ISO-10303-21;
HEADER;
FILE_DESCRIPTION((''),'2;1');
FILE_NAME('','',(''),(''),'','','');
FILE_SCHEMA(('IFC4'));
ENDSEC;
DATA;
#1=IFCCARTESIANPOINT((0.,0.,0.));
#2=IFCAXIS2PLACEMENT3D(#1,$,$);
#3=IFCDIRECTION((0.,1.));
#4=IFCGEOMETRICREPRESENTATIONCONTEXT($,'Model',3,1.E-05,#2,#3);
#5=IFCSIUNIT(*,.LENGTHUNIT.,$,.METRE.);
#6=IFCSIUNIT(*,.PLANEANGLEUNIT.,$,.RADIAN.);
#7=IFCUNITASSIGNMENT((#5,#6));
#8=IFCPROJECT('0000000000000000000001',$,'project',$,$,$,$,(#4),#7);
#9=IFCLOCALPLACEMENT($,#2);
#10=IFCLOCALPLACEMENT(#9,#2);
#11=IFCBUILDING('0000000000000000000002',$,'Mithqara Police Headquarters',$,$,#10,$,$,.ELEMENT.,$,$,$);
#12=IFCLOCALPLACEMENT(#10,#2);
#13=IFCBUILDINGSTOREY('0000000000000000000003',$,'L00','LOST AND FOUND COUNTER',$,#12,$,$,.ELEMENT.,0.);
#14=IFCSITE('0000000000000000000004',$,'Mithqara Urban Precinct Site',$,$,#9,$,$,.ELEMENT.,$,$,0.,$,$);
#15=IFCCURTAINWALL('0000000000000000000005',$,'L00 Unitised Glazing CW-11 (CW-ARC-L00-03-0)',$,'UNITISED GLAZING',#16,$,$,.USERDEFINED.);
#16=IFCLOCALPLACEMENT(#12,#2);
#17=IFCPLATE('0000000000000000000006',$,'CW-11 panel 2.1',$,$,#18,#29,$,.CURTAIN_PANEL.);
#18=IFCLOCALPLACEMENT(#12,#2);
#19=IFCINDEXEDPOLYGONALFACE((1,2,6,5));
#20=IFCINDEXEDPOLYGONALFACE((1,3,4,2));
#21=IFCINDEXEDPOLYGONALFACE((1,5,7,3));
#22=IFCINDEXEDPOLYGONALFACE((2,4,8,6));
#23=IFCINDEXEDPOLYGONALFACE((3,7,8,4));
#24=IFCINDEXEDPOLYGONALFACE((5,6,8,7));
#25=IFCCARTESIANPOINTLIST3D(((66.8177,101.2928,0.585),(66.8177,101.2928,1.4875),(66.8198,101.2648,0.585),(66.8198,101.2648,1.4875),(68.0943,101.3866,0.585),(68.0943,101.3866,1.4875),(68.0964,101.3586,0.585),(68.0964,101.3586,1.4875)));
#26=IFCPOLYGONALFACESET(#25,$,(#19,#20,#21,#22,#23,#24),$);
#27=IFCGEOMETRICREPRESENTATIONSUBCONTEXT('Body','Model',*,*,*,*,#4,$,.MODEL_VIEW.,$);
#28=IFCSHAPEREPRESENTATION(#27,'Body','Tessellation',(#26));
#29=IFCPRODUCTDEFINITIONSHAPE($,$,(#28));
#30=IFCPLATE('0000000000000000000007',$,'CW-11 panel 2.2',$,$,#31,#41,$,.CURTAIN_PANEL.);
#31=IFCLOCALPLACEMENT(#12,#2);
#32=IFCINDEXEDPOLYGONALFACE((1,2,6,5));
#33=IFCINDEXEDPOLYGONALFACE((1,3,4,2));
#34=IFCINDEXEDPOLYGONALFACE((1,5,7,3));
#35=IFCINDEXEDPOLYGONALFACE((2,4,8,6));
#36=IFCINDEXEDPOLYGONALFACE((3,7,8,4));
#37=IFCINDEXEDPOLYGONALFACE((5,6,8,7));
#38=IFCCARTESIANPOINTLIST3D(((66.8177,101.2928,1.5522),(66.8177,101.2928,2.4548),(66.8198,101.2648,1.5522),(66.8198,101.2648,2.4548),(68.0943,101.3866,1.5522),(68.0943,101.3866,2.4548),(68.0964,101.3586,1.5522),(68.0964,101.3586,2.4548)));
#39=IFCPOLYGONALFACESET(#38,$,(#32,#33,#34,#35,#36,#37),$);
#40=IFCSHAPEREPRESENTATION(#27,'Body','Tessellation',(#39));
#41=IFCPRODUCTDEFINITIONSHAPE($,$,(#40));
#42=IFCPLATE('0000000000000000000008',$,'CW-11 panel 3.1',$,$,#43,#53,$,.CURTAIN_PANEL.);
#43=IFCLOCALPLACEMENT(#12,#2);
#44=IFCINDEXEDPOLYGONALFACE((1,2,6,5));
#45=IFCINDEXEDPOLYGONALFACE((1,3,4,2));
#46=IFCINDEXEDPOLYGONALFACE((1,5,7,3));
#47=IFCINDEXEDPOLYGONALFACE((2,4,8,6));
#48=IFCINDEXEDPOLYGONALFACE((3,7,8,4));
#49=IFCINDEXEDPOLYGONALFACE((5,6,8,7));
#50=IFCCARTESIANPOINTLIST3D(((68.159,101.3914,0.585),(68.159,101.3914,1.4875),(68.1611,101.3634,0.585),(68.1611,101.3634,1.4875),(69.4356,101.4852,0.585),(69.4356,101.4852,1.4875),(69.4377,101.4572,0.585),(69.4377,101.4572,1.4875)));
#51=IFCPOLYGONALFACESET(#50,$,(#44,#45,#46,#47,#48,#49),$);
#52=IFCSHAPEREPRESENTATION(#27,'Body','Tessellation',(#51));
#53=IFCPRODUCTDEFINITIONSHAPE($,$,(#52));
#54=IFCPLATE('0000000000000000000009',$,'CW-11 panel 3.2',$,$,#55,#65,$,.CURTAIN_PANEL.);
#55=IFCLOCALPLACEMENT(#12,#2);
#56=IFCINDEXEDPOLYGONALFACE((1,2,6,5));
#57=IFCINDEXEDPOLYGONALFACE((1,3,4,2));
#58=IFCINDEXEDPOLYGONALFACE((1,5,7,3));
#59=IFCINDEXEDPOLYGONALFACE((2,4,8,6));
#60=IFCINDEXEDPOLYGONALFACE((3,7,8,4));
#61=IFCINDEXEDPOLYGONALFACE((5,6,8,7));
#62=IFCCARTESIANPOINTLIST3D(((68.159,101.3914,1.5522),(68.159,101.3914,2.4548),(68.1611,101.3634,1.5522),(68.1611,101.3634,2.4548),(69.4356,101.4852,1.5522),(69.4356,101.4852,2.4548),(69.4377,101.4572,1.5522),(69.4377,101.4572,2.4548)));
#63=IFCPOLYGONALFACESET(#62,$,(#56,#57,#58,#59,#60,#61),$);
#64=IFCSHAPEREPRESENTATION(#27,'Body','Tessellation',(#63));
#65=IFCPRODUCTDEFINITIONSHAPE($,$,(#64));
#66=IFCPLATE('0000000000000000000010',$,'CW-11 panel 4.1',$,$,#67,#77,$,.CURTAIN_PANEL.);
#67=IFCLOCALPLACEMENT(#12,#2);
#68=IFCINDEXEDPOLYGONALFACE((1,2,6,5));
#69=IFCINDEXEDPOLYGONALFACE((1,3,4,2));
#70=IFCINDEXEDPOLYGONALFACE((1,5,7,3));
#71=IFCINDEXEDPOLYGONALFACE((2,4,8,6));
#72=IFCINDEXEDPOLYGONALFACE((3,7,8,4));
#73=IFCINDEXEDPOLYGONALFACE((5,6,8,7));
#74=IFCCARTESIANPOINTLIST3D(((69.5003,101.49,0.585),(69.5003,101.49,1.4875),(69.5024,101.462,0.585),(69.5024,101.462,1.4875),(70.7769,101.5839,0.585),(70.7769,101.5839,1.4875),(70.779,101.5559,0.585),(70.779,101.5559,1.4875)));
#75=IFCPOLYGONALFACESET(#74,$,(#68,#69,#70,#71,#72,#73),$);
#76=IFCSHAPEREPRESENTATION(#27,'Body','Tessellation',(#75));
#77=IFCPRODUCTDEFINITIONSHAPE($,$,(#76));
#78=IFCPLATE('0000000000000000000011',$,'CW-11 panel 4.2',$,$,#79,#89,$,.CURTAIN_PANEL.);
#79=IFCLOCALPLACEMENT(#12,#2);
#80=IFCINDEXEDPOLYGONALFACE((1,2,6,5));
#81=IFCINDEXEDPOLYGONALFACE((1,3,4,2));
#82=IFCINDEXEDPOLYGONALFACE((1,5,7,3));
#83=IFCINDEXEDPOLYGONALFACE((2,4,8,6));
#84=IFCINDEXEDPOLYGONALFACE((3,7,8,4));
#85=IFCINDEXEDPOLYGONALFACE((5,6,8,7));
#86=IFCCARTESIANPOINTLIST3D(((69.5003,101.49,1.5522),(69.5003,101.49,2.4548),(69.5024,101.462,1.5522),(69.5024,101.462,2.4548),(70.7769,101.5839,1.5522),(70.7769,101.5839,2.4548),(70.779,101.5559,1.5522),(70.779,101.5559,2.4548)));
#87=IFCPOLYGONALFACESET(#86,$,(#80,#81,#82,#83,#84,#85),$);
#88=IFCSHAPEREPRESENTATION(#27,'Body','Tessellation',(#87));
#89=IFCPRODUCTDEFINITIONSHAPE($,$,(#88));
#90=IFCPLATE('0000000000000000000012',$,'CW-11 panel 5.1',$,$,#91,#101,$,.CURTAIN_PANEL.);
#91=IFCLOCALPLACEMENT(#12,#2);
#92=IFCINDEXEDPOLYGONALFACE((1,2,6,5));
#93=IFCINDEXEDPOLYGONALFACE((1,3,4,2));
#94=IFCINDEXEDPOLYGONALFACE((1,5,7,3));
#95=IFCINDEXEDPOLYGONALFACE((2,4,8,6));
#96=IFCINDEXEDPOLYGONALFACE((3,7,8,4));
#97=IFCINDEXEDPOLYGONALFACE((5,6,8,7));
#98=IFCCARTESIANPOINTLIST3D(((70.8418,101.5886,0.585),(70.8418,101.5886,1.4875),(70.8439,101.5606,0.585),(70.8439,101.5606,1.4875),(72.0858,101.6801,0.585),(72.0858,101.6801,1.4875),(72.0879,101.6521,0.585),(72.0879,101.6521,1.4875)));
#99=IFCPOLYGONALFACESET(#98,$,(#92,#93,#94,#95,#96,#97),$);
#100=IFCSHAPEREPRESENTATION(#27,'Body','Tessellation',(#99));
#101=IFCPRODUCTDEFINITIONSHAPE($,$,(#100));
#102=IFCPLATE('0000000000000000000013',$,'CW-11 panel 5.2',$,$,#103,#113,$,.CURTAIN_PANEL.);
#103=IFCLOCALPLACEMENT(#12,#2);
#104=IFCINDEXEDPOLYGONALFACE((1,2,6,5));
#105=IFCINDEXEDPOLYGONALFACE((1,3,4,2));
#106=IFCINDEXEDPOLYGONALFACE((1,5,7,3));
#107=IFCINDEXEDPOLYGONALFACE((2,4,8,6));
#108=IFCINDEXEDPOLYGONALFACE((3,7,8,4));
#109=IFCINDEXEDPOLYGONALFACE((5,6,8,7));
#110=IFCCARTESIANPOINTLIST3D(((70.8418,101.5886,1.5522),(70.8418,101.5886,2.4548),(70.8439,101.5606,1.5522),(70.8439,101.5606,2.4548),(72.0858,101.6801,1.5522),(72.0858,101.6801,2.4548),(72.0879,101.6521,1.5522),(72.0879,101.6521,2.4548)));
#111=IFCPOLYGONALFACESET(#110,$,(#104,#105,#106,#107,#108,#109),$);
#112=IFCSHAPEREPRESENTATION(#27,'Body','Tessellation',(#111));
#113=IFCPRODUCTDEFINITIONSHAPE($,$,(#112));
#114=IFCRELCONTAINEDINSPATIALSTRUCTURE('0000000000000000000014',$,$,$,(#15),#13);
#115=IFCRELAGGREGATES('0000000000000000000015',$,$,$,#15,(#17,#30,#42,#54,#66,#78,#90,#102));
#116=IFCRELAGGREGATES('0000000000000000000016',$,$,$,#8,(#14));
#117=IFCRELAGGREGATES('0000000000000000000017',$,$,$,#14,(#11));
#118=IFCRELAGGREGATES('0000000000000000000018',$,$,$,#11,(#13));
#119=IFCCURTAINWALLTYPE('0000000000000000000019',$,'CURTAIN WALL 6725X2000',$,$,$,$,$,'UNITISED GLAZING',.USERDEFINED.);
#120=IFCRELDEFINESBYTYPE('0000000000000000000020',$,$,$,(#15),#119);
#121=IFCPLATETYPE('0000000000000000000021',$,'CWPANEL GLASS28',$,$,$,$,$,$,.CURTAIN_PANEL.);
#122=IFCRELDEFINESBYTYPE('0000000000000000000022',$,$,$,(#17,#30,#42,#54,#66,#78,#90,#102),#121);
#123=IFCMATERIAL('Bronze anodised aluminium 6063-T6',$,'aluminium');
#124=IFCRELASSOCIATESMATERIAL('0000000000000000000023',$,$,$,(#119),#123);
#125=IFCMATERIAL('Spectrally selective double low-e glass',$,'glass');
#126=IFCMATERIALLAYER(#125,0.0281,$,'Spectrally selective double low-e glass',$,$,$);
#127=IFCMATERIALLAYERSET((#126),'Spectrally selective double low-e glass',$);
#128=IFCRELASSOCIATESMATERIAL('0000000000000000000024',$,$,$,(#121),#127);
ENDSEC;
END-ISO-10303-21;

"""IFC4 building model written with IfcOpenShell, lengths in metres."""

from ifc_helpers import new_model, si_unit, direction, frame, origin, origin_2d, place, context, subcontext, project, spatial, rectangle, extrude, material, layer, layer_set, type_object, element, aggregate, save


model = new_model("IFC4")

# Units and contexts
model_context = context("Model", 3, precision=1e-05, world=origin(), true_north=direction((0.0, 1.0)))
body_context = subcontext(model_context, "Body", "Model", "MODEL_VIEW")
ifc_project = project(units=[si_unit("LENGTHUNIT", "METRE"), si_unit("PLANEANGLEUNIT", "RADIAN")], contexts=[model_context])

# Site, building, storey
site_placement = place(None, origin())
site = spatial("IfcSite", under=ifc_project, at=site_placement, Name="Mithqara Urban Precinct Site", CompositionType="ELEMENT", RefElevation=0.0)
building_placement = place(site_placement, origin())
building = spatial("IfcBuilding", under=site, at=building_placement, Name="Mithqara Police Headquarters", CompositionType="ELEMENT")
storey_placement = place(building_placement, origin())
storey = spatial("IfcBuildingStorey", under=building, at=storey_placement, Name="L00", Description="LOST AND FOUND COUNTER", CompositionType="ELEMENT", Elevation=0.0)

# Curtain wall, plates
ifc_material_1 = material(Name="Bronze anodised aluminium 6063-T6", Category="aluminium")
curtain_wall_type = type_object("IfcCurtainWallType", Name="CURTAIN WALL 6725X2000", ElementType="UNITISED GLAZING", PredefinedType="USERDEFINED", material=ifc_material_1)
curtain_wall_placement = place(storey_placement, origin())
curtain_wall = element("IfcCurtainWall", 1, at=curtain_wall_placement, inside=storey, type_object=curtain_wall_type, Name="L00 Unitised Glazing CW-11 (CW-ARC-L00-03-0)", ObjectType="UNITISED GLAZING", PredefinedType="USERDEFINED")
ifc_material_2 = material(Name="Spectrally selective double low-e glass", Category="glass")
ifc_layer = layer(ifc_material_2, 0.0281, Name="Spectrally selective double low-e glass")
ifc_layer_set = layer_set([ifc_layer], Name="Spectrally selective double low-e glass")
plate_type = type_object("IfcPlateType", Name="CWPANEL GLASS28", PredefinedType="CURTAIN_PANEL", material=ifc_layer_set)
plate_1_placement = place(storey_placement, frame((67.457, 101.3257, 0.585), z_axis=(0.0, 0.0, 1.0), x_axis=(0.99731, 0.073298, 0.0)))
plate_1 = element("IfcPlate", 2, at=plate_1_placement, type_object=plate_type, Name="CW-11 panel 2.1", PredefinedType="CURTAIN_PANEL", context=body_context, shape_type="SweptSolid", body=[
    extrude(rectangle(XDim=1.28, YDim=0.0281, at=origin_2d()), origin(), (0.0, 0.0, 1.0), 0.9026),
])
plate_2_placement = place(storey_placement, frame((67.457, 101.3257, 1.5522), z_axis=(0.0, 0.0, 1.0), x_axis=(0.99731, 0.073298, 0.0)))
plate_2 = element("IfcPlate", 3, at=plate_2_placement, type_object=plate_type, Name="CW-11 panel 2.2", PredefinedType="CURTAIN_PANEL", context=body_context, shape_type="SweptSolid", body=[
    extrude(rectangle(XDim=1.28, YDim=0.0281, at=origin_2d()), origin(), (0.0, 0.0, 1.0), 0.9026),
])
plate_3_placement = place(storey_placement, frame((68.7983, 101.4243, 0.585), z_axis=(0.0, 0.0, 1.0), x_axis=(0.99731, 0.073298, 0.0)))
plate_3 = element("IfcPlate", 4, at=plate_3_placement, type_object=plate_type, Name="CW-11 panel 3.1", PredefinedType="CURTAIN_PANEL", context=body_context, shape_type="SweptSolid", body=[
    extrude(rectangle(XDim=1.28, YDim=0.0281, at=origin_2d()), origin(), (0.0, 0.0, 1.0), 0.9026),
])
plate_4_placement = place(storey_placement, frame((68.7983, 101.4243, 1.5522), z_axis=(0.0, 0.0, 1.0), x_axis=(0.99731, 0.073298, 0.0)))
plate_4 = element("IfcPlate", 5, at=plate_4_placement, type_object=plate_type, Name="CW-11 panel 3.2", PredefinedType="CURTAIN_PANEL", context=body_context, shape_type="SweptSolid", body=[
    extrude(rectangle(XDim=1.28, YDim=0.0281, at=origin_2d()), origin(), (0.0, 0.0, 1.0), 0.9026),
])
plate_5_placement = place(storey_placement, frame((70.1396, 101.5229, 0.585), z_axis=(0.0, 0.0, 1.0), x_axis=(0.99731, 0.073298, 0.0)))
plate_5 = element("IfcPlate", 6, at=plate_5_placement, type_object=plate_type, Name="CW-11 panel 4.1", PredefinedType="CURTAIN_PANEL", context=body_context, shape_type="SweptSolid", body=[
    extrude(rectangle(XDim=1.28, YDim=0.0281, at=origin_2d()), origin(), (0.0, 0.0, 1.0), 0.9026),
])
plate_6_placement = place(storey_placement, frame((70.1396, 101.5229, 1.5522), z_axis=(0.0, 0.0, 1.0), x_axis=(0.99731, 0.073298, 0.0)))
plate_6 = element("IfcPlate", 7, at=plate_6_placement, type_object=plate_type, Name="CW-11 panel 4.2", PredefinedType="CURTAIN_PANEL", context=body_context, shape_type="SweptSolid", body=[
    extrude(rectangle(XDim=1.28, YDim=0.0281, at=origin_2d()), origin(), (0.0, 0.0, 1.0), 0.9026),
])
plate_7_placement = place(storey_placement, frame((71.4648, 101.6204, 0.585), z_axis=(0.0, 0.0, 1.0), x_axis=(0.99731, 0.073298, 0.0)))
plate_7 = element("IfcPlate", 8, at=plate_7_placement, type_object=plate_type, Name="CW-11 panel 5.1", PredefinedType="CURTAIN_PANEL", context=body_context, shape_type="SweptSolid", body=[
    extrude(rectangle(XDim=1.2473, YDim=0.0281, at=origin_2d()), origin(), (0.0, 0.0, 1.0), 0.9026),
])
plate_8_placement = place(storey_placement, frame((71.4648, 101.6204, 1.5522), z_axis=(0.0, 0.0, 1.0), x_axis=(0.99731, 0.073298, 0.0)))
plate_8 = element("IfcPlate", 9, at=plate_8_placement, type_object=plate_type, Name="CW-11 panel 5.2", PredefinedType="CURTAIN_PANEL", context=body_context, shape_type="SweptSolid", body=[
    extrude(rectangle(XDim=1.2473, YDim=0.0281, at=origin_2d()), origin(), (0.0, 0.0, 1.0), 0.9026),
])
aggregate(curtain_wall, [plate_1, plate_2, plate_3, plate_4, plate_5, plate_6, plate_7, plate_8])

save(model, "model.ifc")
